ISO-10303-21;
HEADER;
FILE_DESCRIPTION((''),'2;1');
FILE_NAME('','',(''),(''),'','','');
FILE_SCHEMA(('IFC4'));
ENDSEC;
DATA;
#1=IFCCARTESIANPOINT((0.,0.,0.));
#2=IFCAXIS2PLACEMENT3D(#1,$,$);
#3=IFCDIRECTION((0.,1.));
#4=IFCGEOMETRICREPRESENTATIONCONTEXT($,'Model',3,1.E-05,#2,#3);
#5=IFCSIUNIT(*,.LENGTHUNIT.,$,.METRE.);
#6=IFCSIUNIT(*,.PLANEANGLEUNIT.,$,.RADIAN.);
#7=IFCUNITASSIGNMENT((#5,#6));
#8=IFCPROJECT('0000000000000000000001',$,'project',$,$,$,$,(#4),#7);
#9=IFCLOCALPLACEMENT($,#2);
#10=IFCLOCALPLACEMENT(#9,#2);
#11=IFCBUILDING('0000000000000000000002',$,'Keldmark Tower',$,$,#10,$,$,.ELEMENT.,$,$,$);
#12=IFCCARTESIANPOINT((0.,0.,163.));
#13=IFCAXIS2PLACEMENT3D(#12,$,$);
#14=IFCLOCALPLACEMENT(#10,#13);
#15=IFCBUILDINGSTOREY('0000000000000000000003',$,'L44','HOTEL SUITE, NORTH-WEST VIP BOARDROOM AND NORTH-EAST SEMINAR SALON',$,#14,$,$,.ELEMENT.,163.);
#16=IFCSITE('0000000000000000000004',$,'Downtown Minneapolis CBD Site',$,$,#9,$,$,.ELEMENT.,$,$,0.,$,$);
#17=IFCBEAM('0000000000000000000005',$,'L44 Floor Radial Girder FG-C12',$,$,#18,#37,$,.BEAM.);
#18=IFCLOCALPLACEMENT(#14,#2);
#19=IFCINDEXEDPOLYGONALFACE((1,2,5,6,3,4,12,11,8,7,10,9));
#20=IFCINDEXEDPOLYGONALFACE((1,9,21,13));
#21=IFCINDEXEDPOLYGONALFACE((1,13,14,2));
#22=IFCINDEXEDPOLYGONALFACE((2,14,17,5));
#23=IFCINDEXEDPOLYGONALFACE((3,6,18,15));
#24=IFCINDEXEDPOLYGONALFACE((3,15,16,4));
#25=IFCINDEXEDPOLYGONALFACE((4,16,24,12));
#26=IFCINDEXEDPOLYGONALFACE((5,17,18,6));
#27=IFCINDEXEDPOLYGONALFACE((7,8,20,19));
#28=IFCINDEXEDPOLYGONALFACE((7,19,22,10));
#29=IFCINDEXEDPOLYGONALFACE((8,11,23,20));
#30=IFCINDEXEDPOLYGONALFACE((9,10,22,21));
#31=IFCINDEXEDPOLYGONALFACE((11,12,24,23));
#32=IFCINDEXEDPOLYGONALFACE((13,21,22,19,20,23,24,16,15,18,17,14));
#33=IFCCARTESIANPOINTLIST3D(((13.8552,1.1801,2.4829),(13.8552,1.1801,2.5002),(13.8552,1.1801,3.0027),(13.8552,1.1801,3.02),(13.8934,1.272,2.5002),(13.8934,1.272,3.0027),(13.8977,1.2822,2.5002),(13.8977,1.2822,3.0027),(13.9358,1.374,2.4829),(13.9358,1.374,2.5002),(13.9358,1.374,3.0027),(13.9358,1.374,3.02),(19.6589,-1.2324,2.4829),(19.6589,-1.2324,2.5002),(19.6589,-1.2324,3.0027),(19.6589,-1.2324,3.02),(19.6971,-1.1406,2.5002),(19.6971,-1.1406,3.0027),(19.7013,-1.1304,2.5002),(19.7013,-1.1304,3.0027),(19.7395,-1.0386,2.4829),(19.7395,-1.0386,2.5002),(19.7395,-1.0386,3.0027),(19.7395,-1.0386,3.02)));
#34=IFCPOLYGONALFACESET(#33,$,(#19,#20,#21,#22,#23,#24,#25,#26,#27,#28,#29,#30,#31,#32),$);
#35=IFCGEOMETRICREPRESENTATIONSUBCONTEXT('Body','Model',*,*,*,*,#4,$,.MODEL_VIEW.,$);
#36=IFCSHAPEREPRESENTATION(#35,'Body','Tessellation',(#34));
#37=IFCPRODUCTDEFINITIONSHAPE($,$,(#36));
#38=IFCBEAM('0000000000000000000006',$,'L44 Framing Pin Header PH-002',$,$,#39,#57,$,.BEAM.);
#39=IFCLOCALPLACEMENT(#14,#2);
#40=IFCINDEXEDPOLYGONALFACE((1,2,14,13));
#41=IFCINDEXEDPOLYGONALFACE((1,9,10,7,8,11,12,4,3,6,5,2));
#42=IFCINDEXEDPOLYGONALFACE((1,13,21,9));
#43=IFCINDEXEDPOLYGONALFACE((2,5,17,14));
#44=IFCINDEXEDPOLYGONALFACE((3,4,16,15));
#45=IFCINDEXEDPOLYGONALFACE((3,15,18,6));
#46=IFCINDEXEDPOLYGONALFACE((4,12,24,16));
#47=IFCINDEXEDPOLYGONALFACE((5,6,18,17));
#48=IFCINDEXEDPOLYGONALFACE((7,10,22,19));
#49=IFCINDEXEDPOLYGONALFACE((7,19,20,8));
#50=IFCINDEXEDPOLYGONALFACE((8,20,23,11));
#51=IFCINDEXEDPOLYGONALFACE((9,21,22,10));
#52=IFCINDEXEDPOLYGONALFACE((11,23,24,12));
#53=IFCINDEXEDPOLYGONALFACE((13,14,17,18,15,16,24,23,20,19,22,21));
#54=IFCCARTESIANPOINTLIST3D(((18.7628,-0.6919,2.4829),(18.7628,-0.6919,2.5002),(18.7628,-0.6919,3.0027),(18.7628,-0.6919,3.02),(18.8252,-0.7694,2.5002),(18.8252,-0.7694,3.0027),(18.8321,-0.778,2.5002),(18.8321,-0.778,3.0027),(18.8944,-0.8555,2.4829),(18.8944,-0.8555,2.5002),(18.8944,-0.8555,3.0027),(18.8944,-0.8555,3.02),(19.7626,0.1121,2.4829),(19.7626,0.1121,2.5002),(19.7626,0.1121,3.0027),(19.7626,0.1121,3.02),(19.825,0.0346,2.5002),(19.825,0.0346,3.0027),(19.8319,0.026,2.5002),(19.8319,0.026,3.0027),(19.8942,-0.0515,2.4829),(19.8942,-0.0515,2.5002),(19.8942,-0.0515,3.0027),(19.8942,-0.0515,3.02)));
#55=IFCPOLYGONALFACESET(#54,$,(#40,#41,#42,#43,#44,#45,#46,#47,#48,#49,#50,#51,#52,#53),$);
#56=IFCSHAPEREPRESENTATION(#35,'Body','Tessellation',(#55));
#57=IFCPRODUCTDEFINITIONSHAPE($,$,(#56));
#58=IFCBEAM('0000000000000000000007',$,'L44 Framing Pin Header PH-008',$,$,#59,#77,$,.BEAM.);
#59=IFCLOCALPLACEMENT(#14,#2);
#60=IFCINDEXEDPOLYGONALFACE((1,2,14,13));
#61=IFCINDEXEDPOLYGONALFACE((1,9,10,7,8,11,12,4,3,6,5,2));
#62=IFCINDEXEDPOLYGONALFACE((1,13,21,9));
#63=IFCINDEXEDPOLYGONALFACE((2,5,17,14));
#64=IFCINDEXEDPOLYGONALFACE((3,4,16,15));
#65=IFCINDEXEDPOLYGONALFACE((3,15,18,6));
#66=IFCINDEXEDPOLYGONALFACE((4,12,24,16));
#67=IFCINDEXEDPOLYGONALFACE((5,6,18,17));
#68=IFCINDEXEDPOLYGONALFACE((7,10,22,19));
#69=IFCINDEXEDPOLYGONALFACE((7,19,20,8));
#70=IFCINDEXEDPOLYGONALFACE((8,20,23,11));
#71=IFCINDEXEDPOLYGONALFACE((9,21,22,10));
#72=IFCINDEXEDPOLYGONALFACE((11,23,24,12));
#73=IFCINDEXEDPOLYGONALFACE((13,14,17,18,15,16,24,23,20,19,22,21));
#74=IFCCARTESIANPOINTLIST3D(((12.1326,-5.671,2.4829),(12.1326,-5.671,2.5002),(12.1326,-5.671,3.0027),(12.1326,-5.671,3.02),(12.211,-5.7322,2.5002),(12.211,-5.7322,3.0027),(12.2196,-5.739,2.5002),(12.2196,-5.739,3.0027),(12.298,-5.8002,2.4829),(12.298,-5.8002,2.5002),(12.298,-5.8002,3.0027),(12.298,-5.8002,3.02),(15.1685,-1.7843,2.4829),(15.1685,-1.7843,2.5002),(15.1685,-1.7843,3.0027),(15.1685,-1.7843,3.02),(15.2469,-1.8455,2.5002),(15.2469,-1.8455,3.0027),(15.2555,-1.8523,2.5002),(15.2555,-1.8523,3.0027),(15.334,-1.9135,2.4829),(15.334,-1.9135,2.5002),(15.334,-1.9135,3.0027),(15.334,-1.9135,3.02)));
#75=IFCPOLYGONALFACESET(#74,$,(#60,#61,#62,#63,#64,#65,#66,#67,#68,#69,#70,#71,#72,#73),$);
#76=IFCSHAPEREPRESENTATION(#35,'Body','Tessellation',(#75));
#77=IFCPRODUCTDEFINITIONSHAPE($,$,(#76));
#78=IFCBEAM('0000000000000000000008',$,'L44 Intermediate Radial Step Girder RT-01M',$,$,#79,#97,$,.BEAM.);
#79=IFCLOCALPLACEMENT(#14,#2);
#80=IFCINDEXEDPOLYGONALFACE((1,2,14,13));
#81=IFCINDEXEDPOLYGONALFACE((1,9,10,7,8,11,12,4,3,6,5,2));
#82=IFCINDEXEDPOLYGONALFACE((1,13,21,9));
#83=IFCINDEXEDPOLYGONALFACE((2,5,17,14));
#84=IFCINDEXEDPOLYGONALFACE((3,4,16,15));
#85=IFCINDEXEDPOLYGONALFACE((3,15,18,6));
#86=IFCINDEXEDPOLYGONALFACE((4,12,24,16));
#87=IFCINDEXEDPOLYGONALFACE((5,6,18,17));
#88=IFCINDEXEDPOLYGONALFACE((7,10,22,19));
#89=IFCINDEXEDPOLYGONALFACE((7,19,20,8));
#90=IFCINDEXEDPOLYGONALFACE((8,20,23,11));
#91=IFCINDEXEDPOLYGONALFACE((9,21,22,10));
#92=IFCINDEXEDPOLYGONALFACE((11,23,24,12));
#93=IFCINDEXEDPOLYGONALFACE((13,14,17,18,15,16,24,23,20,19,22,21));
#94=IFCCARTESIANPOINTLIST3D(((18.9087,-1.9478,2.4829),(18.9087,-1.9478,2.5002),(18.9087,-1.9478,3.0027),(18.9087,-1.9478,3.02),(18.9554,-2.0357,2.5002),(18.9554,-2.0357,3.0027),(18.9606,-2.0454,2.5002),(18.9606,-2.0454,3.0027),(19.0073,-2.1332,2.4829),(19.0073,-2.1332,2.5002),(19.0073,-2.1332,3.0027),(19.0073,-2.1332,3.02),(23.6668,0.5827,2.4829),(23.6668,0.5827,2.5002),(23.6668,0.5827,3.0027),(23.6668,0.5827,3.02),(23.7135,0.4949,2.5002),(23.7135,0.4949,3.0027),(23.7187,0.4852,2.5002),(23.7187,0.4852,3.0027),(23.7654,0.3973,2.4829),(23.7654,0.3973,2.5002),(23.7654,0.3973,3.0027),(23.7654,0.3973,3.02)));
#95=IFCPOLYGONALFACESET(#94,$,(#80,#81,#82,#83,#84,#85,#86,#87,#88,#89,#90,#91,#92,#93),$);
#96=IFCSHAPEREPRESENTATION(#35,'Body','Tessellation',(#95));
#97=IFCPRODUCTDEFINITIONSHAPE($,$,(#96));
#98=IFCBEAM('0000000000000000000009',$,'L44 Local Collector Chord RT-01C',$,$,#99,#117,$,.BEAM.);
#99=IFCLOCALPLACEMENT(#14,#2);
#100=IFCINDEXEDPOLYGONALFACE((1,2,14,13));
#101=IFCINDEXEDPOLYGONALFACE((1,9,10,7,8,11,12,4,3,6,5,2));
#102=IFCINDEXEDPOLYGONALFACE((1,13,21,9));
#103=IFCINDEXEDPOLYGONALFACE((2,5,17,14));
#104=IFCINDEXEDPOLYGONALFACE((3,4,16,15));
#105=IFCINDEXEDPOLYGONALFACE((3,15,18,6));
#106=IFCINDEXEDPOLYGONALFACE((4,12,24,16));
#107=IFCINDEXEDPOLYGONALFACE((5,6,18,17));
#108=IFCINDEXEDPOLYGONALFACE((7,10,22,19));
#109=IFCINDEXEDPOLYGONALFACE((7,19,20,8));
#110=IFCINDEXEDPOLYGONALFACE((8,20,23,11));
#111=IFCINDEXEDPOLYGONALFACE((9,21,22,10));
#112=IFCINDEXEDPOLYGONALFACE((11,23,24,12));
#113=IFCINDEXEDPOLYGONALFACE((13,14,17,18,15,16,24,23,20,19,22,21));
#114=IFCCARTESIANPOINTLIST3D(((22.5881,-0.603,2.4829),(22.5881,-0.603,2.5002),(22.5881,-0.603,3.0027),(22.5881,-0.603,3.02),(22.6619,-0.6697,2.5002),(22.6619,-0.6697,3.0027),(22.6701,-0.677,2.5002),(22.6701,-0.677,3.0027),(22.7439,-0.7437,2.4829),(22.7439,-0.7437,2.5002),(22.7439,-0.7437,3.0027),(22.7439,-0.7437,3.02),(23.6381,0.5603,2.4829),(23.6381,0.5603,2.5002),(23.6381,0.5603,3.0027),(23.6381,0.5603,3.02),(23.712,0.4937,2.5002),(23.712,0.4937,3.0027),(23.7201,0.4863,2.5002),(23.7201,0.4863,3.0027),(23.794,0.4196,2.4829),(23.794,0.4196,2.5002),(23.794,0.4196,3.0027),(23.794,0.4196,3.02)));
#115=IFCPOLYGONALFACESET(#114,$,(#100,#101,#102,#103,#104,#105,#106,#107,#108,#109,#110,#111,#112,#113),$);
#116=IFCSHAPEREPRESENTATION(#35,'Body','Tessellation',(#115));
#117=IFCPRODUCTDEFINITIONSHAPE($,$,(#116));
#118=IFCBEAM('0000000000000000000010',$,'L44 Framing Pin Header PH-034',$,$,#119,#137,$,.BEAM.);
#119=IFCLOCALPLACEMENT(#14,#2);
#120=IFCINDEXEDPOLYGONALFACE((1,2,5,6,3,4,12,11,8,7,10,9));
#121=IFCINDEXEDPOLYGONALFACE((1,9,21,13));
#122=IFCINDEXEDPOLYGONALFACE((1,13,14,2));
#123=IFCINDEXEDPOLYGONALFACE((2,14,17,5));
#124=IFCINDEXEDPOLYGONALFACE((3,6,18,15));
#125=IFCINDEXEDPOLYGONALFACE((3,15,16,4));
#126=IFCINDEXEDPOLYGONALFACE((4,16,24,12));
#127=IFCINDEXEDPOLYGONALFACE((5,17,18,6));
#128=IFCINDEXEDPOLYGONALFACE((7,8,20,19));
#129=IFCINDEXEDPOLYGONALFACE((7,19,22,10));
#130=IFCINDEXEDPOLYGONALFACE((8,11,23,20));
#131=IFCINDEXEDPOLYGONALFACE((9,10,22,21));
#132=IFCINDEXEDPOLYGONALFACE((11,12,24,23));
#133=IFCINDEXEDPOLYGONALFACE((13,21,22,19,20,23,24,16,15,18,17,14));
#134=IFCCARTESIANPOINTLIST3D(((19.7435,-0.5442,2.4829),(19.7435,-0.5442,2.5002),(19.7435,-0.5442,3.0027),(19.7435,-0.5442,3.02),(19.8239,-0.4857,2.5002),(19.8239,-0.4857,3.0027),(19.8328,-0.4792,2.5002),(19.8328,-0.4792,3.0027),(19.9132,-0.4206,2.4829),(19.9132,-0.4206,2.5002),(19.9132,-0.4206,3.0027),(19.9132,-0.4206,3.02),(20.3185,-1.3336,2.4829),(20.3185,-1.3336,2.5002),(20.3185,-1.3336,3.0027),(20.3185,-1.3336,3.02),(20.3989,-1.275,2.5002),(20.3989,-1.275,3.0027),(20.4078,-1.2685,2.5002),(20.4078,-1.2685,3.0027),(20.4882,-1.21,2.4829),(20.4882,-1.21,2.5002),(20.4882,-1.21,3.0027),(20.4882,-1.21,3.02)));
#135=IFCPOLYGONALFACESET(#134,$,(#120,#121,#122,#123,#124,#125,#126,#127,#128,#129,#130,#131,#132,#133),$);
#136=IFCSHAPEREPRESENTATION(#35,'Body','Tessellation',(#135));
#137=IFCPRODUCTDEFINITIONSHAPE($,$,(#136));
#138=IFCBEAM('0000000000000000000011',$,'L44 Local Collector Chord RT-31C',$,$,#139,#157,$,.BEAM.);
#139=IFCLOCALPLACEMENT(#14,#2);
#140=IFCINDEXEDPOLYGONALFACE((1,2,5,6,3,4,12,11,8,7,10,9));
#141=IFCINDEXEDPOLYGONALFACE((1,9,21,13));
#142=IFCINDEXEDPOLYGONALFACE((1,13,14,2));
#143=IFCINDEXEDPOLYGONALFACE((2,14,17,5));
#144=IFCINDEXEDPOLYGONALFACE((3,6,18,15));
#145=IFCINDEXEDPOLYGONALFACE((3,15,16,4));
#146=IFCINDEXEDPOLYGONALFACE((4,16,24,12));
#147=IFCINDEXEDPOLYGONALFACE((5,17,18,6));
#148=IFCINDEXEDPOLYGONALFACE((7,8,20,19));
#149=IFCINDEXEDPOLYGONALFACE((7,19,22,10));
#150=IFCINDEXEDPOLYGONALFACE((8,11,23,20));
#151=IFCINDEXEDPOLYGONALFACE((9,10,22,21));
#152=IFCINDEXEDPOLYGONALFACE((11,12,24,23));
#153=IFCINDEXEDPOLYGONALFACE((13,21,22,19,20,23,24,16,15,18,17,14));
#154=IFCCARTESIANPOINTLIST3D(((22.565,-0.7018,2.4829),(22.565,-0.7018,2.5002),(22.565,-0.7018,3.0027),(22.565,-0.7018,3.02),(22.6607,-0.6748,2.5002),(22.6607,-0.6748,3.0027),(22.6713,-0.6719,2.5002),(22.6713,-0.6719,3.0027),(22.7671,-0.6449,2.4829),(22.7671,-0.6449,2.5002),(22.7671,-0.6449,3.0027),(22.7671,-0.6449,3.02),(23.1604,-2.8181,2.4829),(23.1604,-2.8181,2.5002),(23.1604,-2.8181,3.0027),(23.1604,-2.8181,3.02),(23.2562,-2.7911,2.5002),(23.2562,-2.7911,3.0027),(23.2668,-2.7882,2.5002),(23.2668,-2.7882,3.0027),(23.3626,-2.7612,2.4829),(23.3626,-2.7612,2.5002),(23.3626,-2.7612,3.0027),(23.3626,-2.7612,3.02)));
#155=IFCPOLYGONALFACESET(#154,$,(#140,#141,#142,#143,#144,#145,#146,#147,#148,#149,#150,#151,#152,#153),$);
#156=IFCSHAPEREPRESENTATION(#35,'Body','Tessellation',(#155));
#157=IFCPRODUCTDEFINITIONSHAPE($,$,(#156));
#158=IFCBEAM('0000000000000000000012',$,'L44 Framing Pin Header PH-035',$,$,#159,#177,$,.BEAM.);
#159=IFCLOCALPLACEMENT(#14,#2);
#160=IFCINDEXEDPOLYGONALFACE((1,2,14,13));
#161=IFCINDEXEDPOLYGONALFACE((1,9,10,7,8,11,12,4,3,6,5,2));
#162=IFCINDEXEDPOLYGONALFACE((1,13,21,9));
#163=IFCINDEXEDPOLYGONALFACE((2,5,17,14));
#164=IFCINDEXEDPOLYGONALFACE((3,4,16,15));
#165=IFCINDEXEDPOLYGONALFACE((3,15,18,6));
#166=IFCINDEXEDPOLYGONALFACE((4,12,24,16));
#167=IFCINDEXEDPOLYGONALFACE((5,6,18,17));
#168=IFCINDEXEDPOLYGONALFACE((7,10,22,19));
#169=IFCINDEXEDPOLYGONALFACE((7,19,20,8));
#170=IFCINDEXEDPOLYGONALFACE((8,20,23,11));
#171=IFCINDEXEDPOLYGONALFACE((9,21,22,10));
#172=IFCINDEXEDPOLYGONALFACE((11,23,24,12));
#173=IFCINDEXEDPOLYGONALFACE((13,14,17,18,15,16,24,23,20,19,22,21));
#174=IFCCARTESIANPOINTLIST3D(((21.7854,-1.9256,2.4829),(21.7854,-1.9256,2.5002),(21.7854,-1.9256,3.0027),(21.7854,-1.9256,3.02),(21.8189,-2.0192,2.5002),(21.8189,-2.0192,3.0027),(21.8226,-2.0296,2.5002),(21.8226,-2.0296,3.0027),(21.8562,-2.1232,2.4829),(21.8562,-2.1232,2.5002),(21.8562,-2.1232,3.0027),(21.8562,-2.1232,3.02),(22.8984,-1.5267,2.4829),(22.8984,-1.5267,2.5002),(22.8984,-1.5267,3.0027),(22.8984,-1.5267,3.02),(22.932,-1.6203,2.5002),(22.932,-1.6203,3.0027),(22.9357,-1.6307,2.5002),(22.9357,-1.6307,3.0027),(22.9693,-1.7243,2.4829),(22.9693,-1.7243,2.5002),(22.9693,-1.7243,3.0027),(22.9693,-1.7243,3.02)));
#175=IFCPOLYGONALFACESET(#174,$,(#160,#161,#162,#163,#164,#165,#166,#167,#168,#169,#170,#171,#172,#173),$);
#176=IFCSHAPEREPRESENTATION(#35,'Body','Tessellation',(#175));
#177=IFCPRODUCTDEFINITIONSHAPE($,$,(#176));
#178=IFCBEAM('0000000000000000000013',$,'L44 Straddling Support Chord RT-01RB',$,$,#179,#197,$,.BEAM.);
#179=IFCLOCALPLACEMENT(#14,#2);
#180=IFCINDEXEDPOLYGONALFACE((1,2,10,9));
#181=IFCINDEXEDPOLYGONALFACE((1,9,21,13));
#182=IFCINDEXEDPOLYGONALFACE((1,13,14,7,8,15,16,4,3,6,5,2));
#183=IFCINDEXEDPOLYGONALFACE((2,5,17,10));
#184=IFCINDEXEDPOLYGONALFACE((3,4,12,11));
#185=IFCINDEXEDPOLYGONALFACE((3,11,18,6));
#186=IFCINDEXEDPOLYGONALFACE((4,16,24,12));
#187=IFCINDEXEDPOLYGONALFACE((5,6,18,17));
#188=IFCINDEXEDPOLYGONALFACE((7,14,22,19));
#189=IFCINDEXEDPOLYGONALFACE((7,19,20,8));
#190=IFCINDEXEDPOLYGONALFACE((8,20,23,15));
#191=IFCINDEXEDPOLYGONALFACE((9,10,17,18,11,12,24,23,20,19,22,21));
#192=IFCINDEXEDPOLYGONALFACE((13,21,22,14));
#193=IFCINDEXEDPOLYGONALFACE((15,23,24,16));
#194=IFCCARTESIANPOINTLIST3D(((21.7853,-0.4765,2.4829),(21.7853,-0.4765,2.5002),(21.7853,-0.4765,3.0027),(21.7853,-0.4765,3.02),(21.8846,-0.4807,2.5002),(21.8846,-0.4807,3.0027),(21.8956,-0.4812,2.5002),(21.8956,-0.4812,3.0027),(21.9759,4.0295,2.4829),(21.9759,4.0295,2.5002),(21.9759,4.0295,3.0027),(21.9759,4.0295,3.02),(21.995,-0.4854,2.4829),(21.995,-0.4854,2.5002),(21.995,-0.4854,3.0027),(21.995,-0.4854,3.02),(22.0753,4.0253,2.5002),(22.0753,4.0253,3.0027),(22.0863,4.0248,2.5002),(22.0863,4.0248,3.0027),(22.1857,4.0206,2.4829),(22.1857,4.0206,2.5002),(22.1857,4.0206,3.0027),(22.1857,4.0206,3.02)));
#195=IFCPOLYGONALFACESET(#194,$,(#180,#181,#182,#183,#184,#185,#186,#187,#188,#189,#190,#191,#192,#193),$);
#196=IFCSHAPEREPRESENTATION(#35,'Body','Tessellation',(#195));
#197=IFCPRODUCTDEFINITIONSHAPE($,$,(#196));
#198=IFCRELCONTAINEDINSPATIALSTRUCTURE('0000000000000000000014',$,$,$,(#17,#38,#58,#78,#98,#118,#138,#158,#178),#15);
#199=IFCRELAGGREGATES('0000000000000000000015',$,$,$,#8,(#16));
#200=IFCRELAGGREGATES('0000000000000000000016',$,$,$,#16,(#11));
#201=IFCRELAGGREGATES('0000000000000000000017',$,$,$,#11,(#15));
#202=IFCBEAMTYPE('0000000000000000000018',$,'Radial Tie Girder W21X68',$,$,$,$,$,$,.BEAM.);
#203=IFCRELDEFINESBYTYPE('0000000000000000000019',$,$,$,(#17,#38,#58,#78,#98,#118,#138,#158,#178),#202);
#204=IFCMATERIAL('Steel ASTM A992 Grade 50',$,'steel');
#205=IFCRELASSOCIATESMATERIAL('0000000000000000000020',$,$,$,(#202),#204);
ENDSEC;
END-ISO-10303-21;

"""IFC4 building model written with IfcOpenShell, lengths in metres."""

from ifc_helpers import new_model, si_unit, direction, frame, origin, origin_2d, place, context, subcontext, project, spatial, i_section, extrude, material, material_profile, profile_set, type_object, element, save


model = new_model("IFC4")

# Units and contexts
model_context = context("Model", 3, precision=1e-05, world=origin(), true_north=direction((0.0, 1.0)))
body_context = subcontext(model_context, "Body", "Model", "MODEL_VIEW")
ifc_project = project(units=[si_unit("LENGTHUNIT", "METRE"), si_unit("PLANEANGLEUNIT", "RADIAN")], contexts=[model_context])

# Site, building, storey
site_placement = place(None, origin())
site = spatial("IfcSite", under=ifc_project, at=site_placement, Name="Downtown Minneapolis CBD Site", CompositionType="ELEMENT", RefElevation=0.0)
building_placement = place(site_placement, origin())
building = spatial("IfcBuilding", under=site, at=building_placement, Name="Keldmark Tower", CompositionType="ELEMENT")
storey_placement = place(building_placement, frame((0.0, 0.0, 163.0)))
storey = spatial("IfcBuildingStorey", under=building, at=storey_placement, Name="L44", Description="HOTEL SUITE, NORTH-WEST VIP BOARDROOM AND NORTH-EAST SEMINAR SALON", CompositionType="ELEMENT", Elevation=163.0)

# Beams
ifc_material_1 = material(Name="Steel ASTM A992 Grade 50", Category="steel")
ifc_material_profile_1 = material_profile(ifc_material_1, i_section(OverallWidth=0.21, OverallDepth=0.5371, WebThickness=0.011, FlangeThickness=0.0173, at=origin_2d()), Name="W21X68")
ifc_profile_set_1 = profile_set([ifc_material_profile_1], Name="Steel ASTM A992 Grade 50")
beam_type_1 = type_object("IfcBeamType", Name="Radial Tie Girder W21X68", PredefinedType="BEAM", material=ifc_profile_set_1)
beam_1_placement = place(storey_placement, frame((19.6992, -1.1355, 2.7515), z_axis=(-0.923394, 0.383854, 0.0), x_axis=(-0.383854, -0.923394, 0.0)))
element("IfcBeam", 1, at=beam_1_placement, inside=storey, type_object=beam_type_1, Name="L44 Floor Radial Girder FG-C12", PredefinedType="BEAM", context=body_context, shape_type="SweptSolid", body=[
    extrude(i_section(OverallWidth=0.21, OverallDepth=0.5371, WebThickness=0.011, FlangeThickness=0.0173, at=origin_2d()), origin(), (0.0, 0.0, 1.0), 6.2852),
])
beam_2_placement = place(storey_placement, frame((18.8286, -0.7737, 2.7515), z_axis=(0.779288, 0.626666, 0.0), x_axis=(-0.626666, 0.779288, 0.0)))
element("IfcBeam", 2, at=beam_2_placement, inside=storey, type_object=beam_type_1, Name="L44 Framing Pin Header PH-002", PredefinedType="BEAM", context=body_context, shape_type="SweptSolid", body=[
    extrude(i_section(OverallWidth=0.21, OverallDepth=0.5371, WebThickness=0.011, FlangeThickness=0.0173, at=origin_2d()), origin(), (0.0, 0.0, 1.0), 1.283),
])
beam_3_placement = place(storey_placement, frame((15.2512, -1.8489, 2.7515), z_axis=(-0.615567, -0.788084, 0.0), x_axis=(0.788084, -0.615567, 0.0)))
element("IfcBeam", 3, at=beam_3_placement, inside=storey, type_object=beam_type_1, Name="L44 Framing Pin Header PH-008", PredefinedType="BEAM", context=body_context, shape_type="SweptSolid", body=[
    extrude(i_section(OverallWidth=0.21, OverallDepth=0.5371, WebThickness=0.011, FlangeThickness=0.0173, at=origin_2d()), origin(), (0.0, 0.0, 1.0), 4.9319),
])
beam_4_placement = place(storey_placement, frame((18.958, -2.0405, 2.7515), z_axis=(0.8829, 0.46956, 0.0), x_axis=(-0.46956, 0.8829, 0.0)))
element("IfcBeam", 4, at=beam_4_placement, inside=storey, type_object=beam_type_1, Name="L44 Intermediate Radial Step Girder RT-01M", PredefinedType="BEAM", context=body_context, shape_type="SweptSolid", body=[
    extrude(i_section(OverallWidth=0.21, OverallDepth=0.5371, WebThickness=0.011, FlangeThickness=0.0173, at=origin_2d()), origin(), (0.0, 0.0, 1.0), 5.3892),
])
beam_5_placement = place(storey_placement, frame((22.666, -0.6733, 2.7515), z_axis=(0.67004, 0.742325, 0.0), x_axis=(-0.742325, 0.67004, 0.0)))
element("IfcBeam", 5, at=beam_5_placement, inside=storey, type_object=beam_type_1, Name="L44 Local Collector Chord RT-01C", PredefinedType="BEAM", context=body_context, shape_type="SweptSolid", body=[
    extrude(i_section(OverallWidth=0.21, OverallDepth=0.5371, WebThickness=0.011, FlangeThickness=0.0173, at=origin_2d()), origin(), (0.0, 0.0, 1.0), 1.5671),
])
beam_6_placement = place(storey_placement, frame((19.8284, -0.4824, 2.7515), z_axis=(0.588781, -0.808293, 0.0), x_axis=(0.808293, 0.588781, 0.0)))
element("IfcBeam", 6, at=beam_6_placement, inside=storey, type_object=beam_type_1, Name="L44 Framing Pin Header PH-034", PredefinedType="BEAM", context=body_context, shape_type="SweptSolid", body=[
    extrude(i_section(OverallWidth=0.21, OverallDepth=0.5371, WebThickness=0.011, FlangeThickness=0.0173, at=origin_2d()), origin(), (0.0, 0.0, 1.0), 0.9766),
])
beam_7_placement = place(storey_placement, frame((22.666, -0.6733, 2.7515), z_axis=(0.270861, -0.962618, 0.0), x_axis=(0.962618, 0.270861, 0.0)))
element("IfcBeam", 7, at=beam_7_placement, inside=storey, type_object=beam_type_1, Name="L44 Local Collector Chord RT-31C", PredefinedType="BEAM", context=body_context, shape_type="SweptSolid", body=[
    extrude(i_section(OverallWidth=0.21, OverallDepth=0.5371, WebThickness=0.011, FlangeThickness=0.0173, at=origin_2d()), origin(), (0.0, 0.0, 1.0), 2.1985),
])
beam_8_placement = place(storey_placement, frame((22.9338, -1.6255, 2.7515), z_axis=(-0.941363, -0.337396, 0.0), x_axis=(0.337396, -0.941363, 0.0)))
element("IfcBeam", 8, at=beam_8_placement, inside=storey, type_object=beam_type_1, Name="L44 Framing Pin Header PH-035", PredefinedType="BEAM", context=body_context, shape_type="SweptSolid", body=[
    extrude(i_section(OverallWidth=0.21, OverallDepth=0.5371, WebThickness=0.011, FlangeThickness=0.0173, at=origin_2d()), origin(), (0.0, 0.0, 1.0), 1.1824),
])
beam_9_placement = place(storey_placement, frame((21.8901, -0.481, 2.7515), z_axis=(0.042279, 0.999106, 0.0), x_axis=(-0.999106, 0.042279, 0.0)))
element("IfcBeam", 9, at=beam_9_placement, inside=storey, type_object=beam_type_1, Name="L44 Straddling Support Chord RT-01RB", PredefinedType="BEAM", context=body_context, shape_type="SweptSolid", body=[
    extrude(i_section(OverallWidth=0.21, OverallDepth=0.5371, WebThickness=0.011, FlangeThickness=0.0173, at=origin_2d()), origin(), (0.0, 0.0, 1.0), 4.51),
])

save(model, "model.ifc")
